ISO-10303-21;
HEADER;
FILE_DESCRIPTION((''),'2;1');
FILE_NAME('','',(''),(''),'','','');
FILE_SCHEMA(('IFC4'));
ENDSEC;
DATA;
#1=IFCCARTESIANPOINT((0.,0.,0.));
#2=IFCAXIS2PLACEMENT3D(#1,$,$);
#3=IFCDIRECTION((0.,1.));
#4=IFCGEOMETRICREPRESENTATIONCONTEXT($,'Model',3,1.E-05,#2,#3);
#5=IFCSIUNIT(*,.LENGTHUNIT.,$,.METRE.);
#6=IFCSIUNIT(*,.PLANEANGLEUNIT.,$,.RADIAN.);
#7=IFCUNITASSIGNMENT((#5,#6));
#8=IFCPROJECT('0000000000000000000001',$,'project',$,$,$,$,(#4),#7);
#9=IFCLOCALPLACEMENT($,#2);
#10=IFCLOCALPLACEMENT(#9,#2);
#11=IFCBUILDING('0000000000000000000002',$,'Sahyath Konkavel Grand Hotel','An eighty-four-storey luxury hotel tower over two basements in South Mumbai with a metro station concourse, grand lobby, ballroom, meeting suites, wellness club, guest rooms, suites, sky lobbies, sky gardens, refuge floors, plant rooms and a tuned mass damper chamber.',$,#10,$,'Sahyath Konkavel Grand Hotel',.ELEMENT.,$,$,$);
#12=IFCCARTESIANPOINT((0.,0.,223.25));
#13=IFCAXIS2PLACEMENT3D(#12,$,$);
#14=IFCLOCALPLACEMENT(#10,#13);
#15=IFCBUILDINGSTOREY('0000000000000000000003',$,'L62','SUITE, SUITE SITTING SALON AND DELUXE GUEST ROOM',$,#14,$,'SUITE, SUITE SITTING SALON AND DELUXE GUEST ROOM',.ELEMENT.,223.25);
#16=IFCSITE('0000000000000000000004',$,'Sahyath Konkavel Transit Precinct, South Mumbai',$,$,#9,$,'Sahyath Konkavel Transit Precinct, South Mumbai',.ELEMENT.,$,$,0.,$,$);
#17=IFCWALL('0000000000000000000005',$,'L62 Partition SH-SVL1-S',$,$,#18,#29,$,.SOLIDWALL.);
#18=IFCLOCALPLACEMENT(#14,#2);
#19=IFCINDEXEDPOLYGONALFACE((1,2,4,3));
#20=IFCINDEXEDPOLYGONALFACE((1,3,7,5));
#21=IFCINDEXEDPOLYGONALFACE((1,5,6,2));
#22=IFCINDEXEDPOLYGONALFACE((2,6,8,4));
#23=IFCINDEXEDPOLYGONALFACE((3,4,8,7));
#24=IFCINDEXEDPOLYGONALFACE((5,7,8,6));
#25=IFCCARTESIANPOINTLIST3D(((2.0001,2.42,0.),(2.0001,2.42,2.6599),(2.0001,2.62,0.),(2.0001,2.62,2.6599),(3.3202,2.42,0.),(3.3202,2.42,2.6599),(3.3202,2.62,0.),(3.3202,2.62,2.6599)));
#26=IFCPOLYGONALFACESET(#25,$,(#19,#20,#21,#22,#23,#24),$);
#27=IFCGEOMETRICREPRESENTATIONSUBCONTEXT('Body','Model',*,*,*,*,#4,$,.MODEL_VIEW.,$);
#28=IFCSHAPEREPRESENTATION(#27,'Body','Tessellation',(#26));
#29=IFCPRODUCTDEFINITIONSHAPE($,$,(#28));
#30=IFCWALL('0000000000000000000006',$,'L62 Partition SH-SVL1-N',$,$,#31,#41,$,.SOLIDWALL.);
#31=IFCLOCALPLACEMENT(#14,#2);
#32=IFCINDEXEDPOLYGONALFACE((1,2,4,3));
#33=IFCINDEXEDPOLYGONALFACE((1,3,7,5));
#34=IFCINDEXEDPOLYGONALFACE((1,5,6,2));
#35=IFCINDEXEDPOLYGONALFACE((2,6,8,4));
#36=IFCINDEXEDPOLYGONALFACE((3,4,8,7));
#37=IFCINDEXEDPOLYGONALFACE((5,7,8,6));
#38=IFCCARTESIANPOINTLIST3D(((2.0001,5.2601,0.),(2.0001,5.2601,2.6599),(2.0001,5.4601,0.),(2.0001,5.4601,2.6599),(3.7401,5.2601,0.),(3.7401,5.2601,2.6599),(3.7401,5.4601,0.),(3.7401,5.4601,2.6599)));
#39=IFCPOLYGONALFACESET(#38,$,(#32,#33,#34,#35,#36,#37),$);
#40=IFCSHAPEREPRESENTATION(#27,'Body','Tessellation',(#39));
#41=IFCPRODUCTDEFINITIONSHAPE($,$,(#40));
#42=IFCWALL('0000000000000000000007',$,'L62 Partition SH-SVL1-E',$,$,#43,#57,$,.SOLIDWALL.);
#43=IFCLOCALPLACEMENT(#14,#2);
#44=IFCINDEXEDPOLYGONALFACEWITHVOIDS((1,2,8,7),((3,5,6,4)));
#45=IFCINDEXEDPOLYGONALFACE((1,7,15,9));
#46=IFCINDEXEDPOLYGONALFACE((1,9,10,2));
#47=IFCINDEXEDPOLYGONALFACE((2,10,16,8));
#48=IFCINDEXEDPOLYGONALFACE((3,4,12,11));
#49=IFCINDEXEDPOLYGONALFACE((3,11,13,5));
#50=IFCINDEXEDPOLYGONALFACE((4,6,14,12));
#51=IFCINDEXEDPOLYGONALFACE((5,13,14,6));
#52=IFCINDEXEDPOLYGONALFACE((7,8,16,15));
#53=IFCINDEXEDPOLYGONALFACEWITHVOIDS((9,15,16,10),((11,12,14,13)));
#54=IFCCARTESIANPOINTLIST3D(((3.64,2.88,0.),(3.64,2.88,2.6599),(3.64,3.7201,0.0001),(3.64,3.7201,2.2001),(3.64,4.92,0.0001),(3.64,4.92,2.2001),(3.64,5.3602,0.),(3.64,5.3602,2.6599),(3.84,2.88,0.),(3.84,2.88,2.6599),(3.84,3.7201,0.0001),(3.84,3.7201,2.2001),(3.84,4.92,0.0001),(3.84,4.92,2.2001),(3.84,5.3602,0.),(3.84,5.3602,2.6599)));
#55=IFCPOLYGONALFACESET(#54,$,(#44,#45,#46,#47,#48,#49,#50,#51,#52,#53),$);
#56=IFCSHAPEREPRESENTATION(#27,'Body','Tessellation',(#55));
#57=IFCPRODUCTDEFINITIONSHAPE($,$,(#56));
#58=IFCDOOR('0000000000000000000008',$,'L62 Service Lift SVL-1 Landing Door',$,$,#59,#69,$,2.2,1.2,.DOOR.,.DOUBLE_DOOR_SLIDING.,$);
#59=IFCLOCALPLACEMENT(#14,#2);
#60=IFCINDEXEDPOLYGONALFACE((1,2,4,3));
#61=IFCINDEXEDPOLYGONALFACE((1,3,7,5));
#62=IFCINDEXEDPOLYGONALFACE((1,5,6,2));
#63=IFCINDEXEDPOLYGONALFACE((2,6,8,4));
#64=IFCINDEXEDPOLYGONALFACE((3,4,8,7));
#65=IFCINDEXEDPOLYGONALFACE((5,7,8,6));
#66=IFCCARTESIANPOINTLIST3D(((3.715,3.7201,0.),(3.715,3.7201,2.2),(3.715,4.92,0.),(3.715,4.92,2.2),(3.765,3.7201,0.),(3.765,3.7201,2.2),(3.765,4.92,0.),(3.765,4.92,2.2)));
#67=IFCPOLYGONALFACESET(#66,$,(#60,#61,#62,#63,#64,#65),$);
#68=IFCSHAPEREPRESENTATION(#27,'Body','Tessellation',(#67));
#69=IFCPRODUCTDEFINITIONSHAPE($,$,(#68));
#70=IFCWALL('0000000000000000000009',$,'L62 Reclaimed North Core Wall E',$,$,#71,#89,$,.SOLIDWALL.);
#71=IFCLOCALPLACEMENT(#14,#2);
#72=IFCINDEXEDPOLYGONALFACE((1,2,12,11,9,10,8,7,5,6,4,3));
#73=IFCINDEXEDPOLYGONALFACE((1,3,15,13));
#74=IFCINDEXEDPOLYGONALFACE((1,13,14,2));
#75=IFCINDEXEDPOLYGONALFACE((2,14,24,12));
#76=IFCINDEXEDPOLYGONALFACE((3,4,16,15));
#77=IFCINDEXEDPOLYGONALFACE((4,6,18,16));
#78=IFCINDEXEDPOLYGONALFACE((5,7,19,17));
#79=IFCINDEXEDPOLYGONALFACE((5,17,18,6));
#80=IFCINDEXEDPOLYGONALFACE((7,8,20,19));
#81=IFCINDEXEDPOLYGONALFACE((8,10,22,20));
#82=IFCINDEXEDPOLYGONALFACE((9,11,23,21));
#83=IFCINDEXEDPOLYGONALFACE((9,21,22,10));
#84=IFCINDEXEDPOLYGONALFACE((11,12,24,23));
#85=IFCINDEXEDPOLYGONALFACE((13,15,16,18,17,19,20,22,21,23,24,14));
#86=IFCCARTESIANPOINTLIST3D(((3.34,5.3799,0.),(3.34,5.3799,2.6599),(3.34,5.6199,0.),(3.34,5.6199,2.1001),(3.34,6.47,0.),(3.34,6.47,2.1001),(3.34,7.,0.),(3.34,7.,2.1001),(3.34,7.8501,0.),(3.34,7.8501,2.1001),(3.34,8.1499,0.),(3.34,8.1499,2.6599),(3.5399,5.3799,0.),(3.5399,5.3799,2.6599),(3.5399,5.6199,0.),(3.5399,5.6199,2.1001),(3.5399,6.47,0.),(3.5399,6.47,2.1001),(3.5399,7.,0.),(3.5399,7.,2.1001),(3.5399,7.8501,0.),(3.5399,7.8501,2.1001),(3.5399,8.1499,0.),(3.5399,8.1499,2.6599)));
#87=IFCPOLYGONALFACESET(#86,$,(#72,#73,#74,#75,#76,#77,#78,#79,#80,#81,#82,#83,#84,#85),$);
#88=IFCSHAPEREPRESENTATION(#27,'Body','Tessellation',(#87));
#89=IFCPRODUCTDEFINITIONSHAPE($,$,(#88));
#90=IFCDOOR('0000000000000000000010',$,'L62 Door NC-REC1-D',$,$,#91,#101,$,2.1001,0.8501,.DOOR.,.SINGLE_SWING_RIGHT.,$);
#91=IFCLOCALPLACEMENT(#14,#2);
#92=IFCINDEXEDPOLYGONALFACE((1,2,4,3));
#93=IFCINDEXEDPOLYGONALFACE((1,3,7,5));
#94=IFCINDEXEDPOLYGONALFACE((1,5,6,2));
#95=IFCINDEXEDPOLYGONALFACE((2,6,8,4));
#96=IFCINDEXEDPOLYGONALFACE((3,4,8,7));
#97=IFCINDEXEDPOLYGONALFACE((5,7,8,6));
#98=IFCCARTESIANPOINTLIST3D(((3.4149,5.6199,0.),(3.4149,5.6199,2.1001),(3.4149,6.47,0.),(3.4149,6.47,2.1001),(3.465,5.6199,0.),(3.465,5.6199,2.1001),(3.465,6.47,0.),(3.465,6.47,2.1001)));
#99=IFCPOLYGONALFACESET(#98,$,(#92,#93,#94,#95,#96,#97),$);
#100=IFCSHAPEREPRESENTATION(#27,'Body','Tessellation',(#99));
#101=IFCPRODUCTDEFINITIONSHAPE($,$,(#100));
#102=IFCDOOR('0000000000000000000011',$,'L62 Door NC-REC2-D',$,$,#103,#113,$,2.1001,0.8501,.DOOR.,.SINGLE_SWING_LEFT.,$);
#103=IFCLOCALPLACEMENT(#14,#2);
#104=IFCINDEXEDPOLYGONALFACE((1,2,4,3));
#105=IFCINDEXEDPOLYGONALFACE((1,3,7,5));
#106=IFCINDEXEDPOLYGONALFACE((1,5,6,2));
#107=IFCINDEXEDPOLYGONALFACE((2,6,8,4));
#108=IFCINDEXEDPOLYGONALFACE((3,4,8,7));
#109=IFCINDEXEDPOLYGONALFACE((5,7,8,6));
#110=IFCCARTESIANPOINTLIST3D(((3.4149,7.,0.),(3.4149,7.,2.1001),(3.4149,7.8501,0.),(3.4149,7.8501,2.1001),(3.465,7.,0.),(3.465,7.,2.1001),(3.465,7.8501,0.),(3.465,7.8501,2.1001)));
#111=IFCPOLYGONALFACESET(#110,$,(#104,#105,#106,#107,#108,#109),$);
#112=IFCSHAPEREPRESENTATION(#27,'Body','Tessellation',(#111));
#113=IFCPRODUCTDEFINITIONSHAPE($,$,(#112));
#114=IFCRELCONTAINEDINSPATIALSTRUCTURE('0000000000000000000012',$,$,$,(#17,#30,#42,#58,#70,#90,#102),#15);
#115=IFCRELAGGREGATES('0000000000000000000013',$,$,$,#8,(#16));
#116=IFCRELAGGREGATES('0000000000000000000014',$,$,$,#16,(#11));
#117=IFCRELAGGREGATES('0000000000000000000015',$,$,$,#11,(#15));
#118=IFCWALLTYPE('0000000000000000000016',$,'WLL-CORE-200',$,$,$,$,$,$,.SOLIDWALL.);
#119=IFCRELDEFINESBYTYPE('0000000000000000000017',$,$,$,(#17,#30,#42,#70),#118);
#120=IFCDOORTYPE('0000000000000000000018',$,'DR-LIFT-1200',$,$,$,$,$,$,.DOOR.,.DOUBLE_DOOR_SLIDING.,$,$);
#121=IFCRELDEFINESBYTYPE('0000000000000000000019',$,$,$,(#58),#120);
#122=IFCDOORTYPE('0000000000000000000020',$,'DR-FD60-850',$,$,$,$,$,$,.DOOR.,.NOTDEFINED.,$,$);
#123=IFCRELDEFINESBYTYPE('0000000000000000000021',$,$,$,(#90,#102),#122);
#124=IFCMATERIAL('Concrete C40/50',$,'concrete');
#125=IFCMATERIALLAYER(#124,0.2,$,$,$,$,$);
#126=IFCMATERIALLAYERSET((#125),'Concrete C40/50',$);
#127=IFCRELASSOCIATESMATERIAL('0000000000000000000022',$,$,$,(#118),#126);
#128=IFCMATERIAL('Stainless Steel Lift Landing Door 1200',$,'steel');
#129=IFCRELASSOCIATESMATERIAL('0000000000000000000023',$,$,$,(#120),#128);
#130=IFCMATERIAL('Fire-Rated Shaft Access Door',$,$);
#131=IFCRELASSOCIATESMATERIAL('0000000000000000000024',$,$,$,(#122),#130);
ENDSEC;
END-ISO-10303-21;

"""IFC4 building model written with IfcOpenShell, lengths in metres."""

from ifc_helpers import new_model, si_unit, direction, frame, frame_2d, origin, origin_2d, place, context, subcontext, project, spatial, rectangle, extrude, source, transform, mapped, material, layer, layer_set, type_object, element, fill, save


model = new_model("IFC4")

# Units and contexts
model_context = context("Model", 3, precision=1e-05, world=origin(), true_north=direction((0.0, 1.0)))
body_context = subcontext(model_context, "Body", "Model", "MODEL_VIEW")
ifc_project = project(units=[si_unit("LENGTHUNIT", "METRE"), si_unit("PLANEANGLEUNIT", "RADIAN")], contexts=[model_context])

# Site, building, storey
site_placement = place(None, origin())
site = spatial("IfcSite", under=ifc_project, at=site_placement, Name="Sahyath Konkavel Transit Precinct, South Mumbai", LongName="Sahyath Konkavel Transit Precinct, South Mumbai", CompositionType="ELEMENT", RefElevation=0.0)
building_placement = place(site_placement, origin())
building = spatial("IfcBuilding", under=site, at=building_placement, Name="Sahyath Konkavel Grand Hotel", Description="An eighty-four-storey luxury hotel tower over two basements in South Mumbai with a metro station concourse, grand lobby, ballroom, meeting suites, wellness club, guest rooms, suites, sky lobbies, sky gardens, refuge floors, plant rooms and a tuned mass damper chamber.", LongName="Sahyath Konkavel Grand Hotel", CompositionType="ELEMENT")
storey_placement = place(building_placement, frame((0.0, 0.0, 223.25)))
storey = spatial("IfcBuildingStorey", under=building, at=storey_placement, Name="L62", Description="SUITE, SUITE SITTING SALON AND DELUXE GUEST ROOM", LongName="SUITE, SUITE SITTING SALON AND DELUXE GUEST ROOM", CompositionType="ELEMENT", Elevation=223.25)

# Shared definitions
ifc_material_1 = material(Name="Concrete C40/50", Category="concrete")

# Shared definitions
ifc_layer_1 = layer(ifc_material_1, 0.2)
ifc_layer_set_1 = layer_set([ifc_layer_1], Name="Concrete C40/50")
wall_type = type_object("IfcWallType", Name="WLL-CORE-200", PredefinedType="SOLIDWALL", material=ifc_layer_set_1)
shared_shape_1 = source(origin(), body_context, "Body", "SweptSolid", [
    extrude(rectangle(XDim=0.8501, YDim=0.05, at=origin_2d()), origin(), (0.0, 0.0, 1.0), 2.1001),
])

# Walls
wall_1_placement = place(storey_placement, frame((2.0, 2.52, 0.0), z_axis=(0.0, 0.0, 1.0), x_axis=(1.0, 0.0, 0.0)))
element("IfcWall", 1, at=wall_1_placement, inside=storey, type_object=wall_type, Name="L62 Partition SH-SVL1-S", PredefinedType="SOLIDWALL", context=body_context, shape_type="SweptSolid", body=[
    extrude(rectangle(XDim=1.3201, YDim=0.2, at=frame_2d((0.6602, 0.0))), origin(), (0.0, 0.0, 1.0), 2.6599),
])
wall_2_placement = place(storey_placement, frame((2.0, 5.3601, 0.0), z_axis=(0.0, 0.0, 1.0), x_axis=(1.0, 0.0, 0.0)))
element("IfcWall", 2, at=wall_2_placement, inside=storey, type_object=wall_type, Name="L62 Partition SH-SVL1-N", PredefinedType="SOLIDWALL", context=body_context, shape_type="SweptSolid", body=[
    extrude(rectangle(XDim=1.74, YDim=0.2, at=frame_2d((0.8701, 0.0))), origin(), (0.0, 0.0, 1.0), 2.6599),
])

# Wall, opening, door
wall_3_placement = place(storey_placement, frame((3.74, 2.8799, 0.0), z_axis=(0.0, 0.0, 1.0), x_axis=(0.0, 1.0, 0.0)))
wall_3 = element("IfcWall", 3, at=wall_3_placement, inside=storey, type_object=wall_type, Name="L62 Partition SH-SVL1-E", PredefinedType="SOLIDWALL", context=body_context, shape_type="SweptSolid", body=[
    extrude(rectangle(XDim=2.4802, YDim=0.2, at=frame_2d((1.2402, 0.0))), origin(), (0.0, 0.0, 1.0), 2.6599),
])
opening_1_placement = place(wall_3_placement, frame((0.8401, 0.0, 0.0)))
opening_1 = element("IfcOpeningElement", 4, at=opening_1_placement, cuts=wall_3, PredefinedType="OPENING", context=body_context, shape_type="SweptSolid", body=[
    extrude(rectangle(XDim=1.2, YDim=2.2, at=frame_2d((0.6001, 1.1001))), frame((0.0, 0.1099, 0.0), z_axis=(0.0, -1.0, 0.0), x_axis=(1.0, 0.0, 0.0)), (0.0, 0.0, 1.0), 0.22),
])
ifc_material_2 = material(Name="Stainless Steel Lift Landing Door 1200", Category="steel")
door_type_1 = type_object("IfcDoorType", Name="DR-LIFT-1200", OperationType="DOUBLE_DOOR_SLIDING", PredefinedType="DOOR", material=ifc_material_2)
shared_shape_2 = source(origin(), body_context, "Body", "SweptSolid", [
    extrude(rectangle(XDim=1.2, YDim=0.05, at=origin_2d()), origin(), (0.0, 0.0, 1.0), 2.2),
])
door_1_placement = place(opening_1_placement, frame((0.6001, 0.0, 0.0)))
door_1 = element("IfcDoor", 5, at=door_1_placement, inside=storey, type_object=door_type_1, Name="L62 Service Lift SVL-1 Landing Door", OperationType="DOUBLE_DOOR_SLIDING", OverallHeight=2.2, OverallWidth=1.2, PredefinedType="DOOR", context=body_context, shape_type="MappedRepresentation", body=[
    mapped(shared_shape_2, transform((0.0, 0.0, 0.0), scale=1.0)),
])
fill(opening_1, door_1)

# Wall, openings, doors
wall_4_placement = place(storey_placement, frame((3.4399, 5.3799, 0.0), z_axis=(0.0, 0.0, 1.0), x_axis=(0.0, 1.0, 0.0)))
wall_4 = element("IfcWall", 6, at=wall_4_placement, inside=storey, type_object=wall_type, Name="L62 Reclaimed North Core Wall E", PredefinedType="SOLIDWALL", context=body_context, shape_type="SweptSolid", body=[
    extrude(rectangle(XDim=2.77, YDim=0.2, at=frame_2d((1.385, 0.0))), origin(), (0.0, 0.0, 1.0), 2.6599),
])
opening_2_placement = place(wall_4_placement, frame((0.24, 0.0, 0.0)))
opening_2 = element("IfcOpeningElement", 7, at=opening_2_placement, cuts=wall_4, PredefinedType="OPENING", context=body_context, shape_type="SweptSolid", body=[
    extrude(rectangle(XDim=0.8501, YDim=2.1001, at=frame_2d((0.425, 1.05))), frame((0.0, 0.1099, 0.0), z_axis=(0.0, -1.0, 0.0), x_axis=(1.0, 0.0, 0.0)), (0.0, 0.0, 1.0), 0.22),
])
opening_3_placement = place(wall_4_placement, frame((1.6201, 0.0, 0.0)))
opening_3 = element("IfcOpeningElement", 8, at=opening_3_placement, cuts=wall_4, PredefinedType="OPENING", context=body_context, shape_type="SweptSolid", body=[
    extrude(rectangle(XDim=0.8501, YDim=2.1001, at=frame_2d((0.425, 1.05))), frame((0.0, 0.1099, 0.0), z_axis=(0.0, -1.0, 0.0), x_axis=(1.0, 0.0, 0.0)), (0.0, 0.0, 1.0), 0.22),
])
ifc_material_3 = material(Name="Fire-Rated Shaft Access Door")
door_type_2 = type_object("IfcDoorType", Name="DR-FD60-850", OperationType="NOTDEFINED", PredefinedType="DOOR", material=ifc_material_3)
door_2_placement = place(opening_2_placement, frame((0.425, 0.0, 0.0)))
door_2 = element("IfcDoor", 9, at=door_2_placement, inside=storey, type_object=door_type_2, Name="L62 Door NC-REC1-D", OperationType="SINGLE_SWING_RIGHT", OverallHeight=2.1001, OverallWidth=0.8501, PredefinedType="DOOR", context=body_context, shape_type="MappedRepresentation", body=[
    mapped(shared_shape_1, transform((0.0, 0.0, 0.0), scale=1.0)),
])
fill(opening_2, door_2)
door_3_placement = place(opening_3_placement, frame((0.425, 0.0, 0.0)))
door_3 = element("IfcDoor", 10, at=door_3_placement, inside=storey, type_object=door_type_2, Name="L62 Door NC-REC2-D", OperationType="SINGLE_SWING_LEFT", OverallHeight=2.1001, OverallWidth=0.8501, PredefinedType="DOOR", context=body_context, shape_type="MappedRepresentation", body=[
    mapped(shared_shape_1, transform((0.0, 0.0, 0.0), scale=1.0)),
])
fill(opening_3, door_3)

save(model, "model.ifc")
